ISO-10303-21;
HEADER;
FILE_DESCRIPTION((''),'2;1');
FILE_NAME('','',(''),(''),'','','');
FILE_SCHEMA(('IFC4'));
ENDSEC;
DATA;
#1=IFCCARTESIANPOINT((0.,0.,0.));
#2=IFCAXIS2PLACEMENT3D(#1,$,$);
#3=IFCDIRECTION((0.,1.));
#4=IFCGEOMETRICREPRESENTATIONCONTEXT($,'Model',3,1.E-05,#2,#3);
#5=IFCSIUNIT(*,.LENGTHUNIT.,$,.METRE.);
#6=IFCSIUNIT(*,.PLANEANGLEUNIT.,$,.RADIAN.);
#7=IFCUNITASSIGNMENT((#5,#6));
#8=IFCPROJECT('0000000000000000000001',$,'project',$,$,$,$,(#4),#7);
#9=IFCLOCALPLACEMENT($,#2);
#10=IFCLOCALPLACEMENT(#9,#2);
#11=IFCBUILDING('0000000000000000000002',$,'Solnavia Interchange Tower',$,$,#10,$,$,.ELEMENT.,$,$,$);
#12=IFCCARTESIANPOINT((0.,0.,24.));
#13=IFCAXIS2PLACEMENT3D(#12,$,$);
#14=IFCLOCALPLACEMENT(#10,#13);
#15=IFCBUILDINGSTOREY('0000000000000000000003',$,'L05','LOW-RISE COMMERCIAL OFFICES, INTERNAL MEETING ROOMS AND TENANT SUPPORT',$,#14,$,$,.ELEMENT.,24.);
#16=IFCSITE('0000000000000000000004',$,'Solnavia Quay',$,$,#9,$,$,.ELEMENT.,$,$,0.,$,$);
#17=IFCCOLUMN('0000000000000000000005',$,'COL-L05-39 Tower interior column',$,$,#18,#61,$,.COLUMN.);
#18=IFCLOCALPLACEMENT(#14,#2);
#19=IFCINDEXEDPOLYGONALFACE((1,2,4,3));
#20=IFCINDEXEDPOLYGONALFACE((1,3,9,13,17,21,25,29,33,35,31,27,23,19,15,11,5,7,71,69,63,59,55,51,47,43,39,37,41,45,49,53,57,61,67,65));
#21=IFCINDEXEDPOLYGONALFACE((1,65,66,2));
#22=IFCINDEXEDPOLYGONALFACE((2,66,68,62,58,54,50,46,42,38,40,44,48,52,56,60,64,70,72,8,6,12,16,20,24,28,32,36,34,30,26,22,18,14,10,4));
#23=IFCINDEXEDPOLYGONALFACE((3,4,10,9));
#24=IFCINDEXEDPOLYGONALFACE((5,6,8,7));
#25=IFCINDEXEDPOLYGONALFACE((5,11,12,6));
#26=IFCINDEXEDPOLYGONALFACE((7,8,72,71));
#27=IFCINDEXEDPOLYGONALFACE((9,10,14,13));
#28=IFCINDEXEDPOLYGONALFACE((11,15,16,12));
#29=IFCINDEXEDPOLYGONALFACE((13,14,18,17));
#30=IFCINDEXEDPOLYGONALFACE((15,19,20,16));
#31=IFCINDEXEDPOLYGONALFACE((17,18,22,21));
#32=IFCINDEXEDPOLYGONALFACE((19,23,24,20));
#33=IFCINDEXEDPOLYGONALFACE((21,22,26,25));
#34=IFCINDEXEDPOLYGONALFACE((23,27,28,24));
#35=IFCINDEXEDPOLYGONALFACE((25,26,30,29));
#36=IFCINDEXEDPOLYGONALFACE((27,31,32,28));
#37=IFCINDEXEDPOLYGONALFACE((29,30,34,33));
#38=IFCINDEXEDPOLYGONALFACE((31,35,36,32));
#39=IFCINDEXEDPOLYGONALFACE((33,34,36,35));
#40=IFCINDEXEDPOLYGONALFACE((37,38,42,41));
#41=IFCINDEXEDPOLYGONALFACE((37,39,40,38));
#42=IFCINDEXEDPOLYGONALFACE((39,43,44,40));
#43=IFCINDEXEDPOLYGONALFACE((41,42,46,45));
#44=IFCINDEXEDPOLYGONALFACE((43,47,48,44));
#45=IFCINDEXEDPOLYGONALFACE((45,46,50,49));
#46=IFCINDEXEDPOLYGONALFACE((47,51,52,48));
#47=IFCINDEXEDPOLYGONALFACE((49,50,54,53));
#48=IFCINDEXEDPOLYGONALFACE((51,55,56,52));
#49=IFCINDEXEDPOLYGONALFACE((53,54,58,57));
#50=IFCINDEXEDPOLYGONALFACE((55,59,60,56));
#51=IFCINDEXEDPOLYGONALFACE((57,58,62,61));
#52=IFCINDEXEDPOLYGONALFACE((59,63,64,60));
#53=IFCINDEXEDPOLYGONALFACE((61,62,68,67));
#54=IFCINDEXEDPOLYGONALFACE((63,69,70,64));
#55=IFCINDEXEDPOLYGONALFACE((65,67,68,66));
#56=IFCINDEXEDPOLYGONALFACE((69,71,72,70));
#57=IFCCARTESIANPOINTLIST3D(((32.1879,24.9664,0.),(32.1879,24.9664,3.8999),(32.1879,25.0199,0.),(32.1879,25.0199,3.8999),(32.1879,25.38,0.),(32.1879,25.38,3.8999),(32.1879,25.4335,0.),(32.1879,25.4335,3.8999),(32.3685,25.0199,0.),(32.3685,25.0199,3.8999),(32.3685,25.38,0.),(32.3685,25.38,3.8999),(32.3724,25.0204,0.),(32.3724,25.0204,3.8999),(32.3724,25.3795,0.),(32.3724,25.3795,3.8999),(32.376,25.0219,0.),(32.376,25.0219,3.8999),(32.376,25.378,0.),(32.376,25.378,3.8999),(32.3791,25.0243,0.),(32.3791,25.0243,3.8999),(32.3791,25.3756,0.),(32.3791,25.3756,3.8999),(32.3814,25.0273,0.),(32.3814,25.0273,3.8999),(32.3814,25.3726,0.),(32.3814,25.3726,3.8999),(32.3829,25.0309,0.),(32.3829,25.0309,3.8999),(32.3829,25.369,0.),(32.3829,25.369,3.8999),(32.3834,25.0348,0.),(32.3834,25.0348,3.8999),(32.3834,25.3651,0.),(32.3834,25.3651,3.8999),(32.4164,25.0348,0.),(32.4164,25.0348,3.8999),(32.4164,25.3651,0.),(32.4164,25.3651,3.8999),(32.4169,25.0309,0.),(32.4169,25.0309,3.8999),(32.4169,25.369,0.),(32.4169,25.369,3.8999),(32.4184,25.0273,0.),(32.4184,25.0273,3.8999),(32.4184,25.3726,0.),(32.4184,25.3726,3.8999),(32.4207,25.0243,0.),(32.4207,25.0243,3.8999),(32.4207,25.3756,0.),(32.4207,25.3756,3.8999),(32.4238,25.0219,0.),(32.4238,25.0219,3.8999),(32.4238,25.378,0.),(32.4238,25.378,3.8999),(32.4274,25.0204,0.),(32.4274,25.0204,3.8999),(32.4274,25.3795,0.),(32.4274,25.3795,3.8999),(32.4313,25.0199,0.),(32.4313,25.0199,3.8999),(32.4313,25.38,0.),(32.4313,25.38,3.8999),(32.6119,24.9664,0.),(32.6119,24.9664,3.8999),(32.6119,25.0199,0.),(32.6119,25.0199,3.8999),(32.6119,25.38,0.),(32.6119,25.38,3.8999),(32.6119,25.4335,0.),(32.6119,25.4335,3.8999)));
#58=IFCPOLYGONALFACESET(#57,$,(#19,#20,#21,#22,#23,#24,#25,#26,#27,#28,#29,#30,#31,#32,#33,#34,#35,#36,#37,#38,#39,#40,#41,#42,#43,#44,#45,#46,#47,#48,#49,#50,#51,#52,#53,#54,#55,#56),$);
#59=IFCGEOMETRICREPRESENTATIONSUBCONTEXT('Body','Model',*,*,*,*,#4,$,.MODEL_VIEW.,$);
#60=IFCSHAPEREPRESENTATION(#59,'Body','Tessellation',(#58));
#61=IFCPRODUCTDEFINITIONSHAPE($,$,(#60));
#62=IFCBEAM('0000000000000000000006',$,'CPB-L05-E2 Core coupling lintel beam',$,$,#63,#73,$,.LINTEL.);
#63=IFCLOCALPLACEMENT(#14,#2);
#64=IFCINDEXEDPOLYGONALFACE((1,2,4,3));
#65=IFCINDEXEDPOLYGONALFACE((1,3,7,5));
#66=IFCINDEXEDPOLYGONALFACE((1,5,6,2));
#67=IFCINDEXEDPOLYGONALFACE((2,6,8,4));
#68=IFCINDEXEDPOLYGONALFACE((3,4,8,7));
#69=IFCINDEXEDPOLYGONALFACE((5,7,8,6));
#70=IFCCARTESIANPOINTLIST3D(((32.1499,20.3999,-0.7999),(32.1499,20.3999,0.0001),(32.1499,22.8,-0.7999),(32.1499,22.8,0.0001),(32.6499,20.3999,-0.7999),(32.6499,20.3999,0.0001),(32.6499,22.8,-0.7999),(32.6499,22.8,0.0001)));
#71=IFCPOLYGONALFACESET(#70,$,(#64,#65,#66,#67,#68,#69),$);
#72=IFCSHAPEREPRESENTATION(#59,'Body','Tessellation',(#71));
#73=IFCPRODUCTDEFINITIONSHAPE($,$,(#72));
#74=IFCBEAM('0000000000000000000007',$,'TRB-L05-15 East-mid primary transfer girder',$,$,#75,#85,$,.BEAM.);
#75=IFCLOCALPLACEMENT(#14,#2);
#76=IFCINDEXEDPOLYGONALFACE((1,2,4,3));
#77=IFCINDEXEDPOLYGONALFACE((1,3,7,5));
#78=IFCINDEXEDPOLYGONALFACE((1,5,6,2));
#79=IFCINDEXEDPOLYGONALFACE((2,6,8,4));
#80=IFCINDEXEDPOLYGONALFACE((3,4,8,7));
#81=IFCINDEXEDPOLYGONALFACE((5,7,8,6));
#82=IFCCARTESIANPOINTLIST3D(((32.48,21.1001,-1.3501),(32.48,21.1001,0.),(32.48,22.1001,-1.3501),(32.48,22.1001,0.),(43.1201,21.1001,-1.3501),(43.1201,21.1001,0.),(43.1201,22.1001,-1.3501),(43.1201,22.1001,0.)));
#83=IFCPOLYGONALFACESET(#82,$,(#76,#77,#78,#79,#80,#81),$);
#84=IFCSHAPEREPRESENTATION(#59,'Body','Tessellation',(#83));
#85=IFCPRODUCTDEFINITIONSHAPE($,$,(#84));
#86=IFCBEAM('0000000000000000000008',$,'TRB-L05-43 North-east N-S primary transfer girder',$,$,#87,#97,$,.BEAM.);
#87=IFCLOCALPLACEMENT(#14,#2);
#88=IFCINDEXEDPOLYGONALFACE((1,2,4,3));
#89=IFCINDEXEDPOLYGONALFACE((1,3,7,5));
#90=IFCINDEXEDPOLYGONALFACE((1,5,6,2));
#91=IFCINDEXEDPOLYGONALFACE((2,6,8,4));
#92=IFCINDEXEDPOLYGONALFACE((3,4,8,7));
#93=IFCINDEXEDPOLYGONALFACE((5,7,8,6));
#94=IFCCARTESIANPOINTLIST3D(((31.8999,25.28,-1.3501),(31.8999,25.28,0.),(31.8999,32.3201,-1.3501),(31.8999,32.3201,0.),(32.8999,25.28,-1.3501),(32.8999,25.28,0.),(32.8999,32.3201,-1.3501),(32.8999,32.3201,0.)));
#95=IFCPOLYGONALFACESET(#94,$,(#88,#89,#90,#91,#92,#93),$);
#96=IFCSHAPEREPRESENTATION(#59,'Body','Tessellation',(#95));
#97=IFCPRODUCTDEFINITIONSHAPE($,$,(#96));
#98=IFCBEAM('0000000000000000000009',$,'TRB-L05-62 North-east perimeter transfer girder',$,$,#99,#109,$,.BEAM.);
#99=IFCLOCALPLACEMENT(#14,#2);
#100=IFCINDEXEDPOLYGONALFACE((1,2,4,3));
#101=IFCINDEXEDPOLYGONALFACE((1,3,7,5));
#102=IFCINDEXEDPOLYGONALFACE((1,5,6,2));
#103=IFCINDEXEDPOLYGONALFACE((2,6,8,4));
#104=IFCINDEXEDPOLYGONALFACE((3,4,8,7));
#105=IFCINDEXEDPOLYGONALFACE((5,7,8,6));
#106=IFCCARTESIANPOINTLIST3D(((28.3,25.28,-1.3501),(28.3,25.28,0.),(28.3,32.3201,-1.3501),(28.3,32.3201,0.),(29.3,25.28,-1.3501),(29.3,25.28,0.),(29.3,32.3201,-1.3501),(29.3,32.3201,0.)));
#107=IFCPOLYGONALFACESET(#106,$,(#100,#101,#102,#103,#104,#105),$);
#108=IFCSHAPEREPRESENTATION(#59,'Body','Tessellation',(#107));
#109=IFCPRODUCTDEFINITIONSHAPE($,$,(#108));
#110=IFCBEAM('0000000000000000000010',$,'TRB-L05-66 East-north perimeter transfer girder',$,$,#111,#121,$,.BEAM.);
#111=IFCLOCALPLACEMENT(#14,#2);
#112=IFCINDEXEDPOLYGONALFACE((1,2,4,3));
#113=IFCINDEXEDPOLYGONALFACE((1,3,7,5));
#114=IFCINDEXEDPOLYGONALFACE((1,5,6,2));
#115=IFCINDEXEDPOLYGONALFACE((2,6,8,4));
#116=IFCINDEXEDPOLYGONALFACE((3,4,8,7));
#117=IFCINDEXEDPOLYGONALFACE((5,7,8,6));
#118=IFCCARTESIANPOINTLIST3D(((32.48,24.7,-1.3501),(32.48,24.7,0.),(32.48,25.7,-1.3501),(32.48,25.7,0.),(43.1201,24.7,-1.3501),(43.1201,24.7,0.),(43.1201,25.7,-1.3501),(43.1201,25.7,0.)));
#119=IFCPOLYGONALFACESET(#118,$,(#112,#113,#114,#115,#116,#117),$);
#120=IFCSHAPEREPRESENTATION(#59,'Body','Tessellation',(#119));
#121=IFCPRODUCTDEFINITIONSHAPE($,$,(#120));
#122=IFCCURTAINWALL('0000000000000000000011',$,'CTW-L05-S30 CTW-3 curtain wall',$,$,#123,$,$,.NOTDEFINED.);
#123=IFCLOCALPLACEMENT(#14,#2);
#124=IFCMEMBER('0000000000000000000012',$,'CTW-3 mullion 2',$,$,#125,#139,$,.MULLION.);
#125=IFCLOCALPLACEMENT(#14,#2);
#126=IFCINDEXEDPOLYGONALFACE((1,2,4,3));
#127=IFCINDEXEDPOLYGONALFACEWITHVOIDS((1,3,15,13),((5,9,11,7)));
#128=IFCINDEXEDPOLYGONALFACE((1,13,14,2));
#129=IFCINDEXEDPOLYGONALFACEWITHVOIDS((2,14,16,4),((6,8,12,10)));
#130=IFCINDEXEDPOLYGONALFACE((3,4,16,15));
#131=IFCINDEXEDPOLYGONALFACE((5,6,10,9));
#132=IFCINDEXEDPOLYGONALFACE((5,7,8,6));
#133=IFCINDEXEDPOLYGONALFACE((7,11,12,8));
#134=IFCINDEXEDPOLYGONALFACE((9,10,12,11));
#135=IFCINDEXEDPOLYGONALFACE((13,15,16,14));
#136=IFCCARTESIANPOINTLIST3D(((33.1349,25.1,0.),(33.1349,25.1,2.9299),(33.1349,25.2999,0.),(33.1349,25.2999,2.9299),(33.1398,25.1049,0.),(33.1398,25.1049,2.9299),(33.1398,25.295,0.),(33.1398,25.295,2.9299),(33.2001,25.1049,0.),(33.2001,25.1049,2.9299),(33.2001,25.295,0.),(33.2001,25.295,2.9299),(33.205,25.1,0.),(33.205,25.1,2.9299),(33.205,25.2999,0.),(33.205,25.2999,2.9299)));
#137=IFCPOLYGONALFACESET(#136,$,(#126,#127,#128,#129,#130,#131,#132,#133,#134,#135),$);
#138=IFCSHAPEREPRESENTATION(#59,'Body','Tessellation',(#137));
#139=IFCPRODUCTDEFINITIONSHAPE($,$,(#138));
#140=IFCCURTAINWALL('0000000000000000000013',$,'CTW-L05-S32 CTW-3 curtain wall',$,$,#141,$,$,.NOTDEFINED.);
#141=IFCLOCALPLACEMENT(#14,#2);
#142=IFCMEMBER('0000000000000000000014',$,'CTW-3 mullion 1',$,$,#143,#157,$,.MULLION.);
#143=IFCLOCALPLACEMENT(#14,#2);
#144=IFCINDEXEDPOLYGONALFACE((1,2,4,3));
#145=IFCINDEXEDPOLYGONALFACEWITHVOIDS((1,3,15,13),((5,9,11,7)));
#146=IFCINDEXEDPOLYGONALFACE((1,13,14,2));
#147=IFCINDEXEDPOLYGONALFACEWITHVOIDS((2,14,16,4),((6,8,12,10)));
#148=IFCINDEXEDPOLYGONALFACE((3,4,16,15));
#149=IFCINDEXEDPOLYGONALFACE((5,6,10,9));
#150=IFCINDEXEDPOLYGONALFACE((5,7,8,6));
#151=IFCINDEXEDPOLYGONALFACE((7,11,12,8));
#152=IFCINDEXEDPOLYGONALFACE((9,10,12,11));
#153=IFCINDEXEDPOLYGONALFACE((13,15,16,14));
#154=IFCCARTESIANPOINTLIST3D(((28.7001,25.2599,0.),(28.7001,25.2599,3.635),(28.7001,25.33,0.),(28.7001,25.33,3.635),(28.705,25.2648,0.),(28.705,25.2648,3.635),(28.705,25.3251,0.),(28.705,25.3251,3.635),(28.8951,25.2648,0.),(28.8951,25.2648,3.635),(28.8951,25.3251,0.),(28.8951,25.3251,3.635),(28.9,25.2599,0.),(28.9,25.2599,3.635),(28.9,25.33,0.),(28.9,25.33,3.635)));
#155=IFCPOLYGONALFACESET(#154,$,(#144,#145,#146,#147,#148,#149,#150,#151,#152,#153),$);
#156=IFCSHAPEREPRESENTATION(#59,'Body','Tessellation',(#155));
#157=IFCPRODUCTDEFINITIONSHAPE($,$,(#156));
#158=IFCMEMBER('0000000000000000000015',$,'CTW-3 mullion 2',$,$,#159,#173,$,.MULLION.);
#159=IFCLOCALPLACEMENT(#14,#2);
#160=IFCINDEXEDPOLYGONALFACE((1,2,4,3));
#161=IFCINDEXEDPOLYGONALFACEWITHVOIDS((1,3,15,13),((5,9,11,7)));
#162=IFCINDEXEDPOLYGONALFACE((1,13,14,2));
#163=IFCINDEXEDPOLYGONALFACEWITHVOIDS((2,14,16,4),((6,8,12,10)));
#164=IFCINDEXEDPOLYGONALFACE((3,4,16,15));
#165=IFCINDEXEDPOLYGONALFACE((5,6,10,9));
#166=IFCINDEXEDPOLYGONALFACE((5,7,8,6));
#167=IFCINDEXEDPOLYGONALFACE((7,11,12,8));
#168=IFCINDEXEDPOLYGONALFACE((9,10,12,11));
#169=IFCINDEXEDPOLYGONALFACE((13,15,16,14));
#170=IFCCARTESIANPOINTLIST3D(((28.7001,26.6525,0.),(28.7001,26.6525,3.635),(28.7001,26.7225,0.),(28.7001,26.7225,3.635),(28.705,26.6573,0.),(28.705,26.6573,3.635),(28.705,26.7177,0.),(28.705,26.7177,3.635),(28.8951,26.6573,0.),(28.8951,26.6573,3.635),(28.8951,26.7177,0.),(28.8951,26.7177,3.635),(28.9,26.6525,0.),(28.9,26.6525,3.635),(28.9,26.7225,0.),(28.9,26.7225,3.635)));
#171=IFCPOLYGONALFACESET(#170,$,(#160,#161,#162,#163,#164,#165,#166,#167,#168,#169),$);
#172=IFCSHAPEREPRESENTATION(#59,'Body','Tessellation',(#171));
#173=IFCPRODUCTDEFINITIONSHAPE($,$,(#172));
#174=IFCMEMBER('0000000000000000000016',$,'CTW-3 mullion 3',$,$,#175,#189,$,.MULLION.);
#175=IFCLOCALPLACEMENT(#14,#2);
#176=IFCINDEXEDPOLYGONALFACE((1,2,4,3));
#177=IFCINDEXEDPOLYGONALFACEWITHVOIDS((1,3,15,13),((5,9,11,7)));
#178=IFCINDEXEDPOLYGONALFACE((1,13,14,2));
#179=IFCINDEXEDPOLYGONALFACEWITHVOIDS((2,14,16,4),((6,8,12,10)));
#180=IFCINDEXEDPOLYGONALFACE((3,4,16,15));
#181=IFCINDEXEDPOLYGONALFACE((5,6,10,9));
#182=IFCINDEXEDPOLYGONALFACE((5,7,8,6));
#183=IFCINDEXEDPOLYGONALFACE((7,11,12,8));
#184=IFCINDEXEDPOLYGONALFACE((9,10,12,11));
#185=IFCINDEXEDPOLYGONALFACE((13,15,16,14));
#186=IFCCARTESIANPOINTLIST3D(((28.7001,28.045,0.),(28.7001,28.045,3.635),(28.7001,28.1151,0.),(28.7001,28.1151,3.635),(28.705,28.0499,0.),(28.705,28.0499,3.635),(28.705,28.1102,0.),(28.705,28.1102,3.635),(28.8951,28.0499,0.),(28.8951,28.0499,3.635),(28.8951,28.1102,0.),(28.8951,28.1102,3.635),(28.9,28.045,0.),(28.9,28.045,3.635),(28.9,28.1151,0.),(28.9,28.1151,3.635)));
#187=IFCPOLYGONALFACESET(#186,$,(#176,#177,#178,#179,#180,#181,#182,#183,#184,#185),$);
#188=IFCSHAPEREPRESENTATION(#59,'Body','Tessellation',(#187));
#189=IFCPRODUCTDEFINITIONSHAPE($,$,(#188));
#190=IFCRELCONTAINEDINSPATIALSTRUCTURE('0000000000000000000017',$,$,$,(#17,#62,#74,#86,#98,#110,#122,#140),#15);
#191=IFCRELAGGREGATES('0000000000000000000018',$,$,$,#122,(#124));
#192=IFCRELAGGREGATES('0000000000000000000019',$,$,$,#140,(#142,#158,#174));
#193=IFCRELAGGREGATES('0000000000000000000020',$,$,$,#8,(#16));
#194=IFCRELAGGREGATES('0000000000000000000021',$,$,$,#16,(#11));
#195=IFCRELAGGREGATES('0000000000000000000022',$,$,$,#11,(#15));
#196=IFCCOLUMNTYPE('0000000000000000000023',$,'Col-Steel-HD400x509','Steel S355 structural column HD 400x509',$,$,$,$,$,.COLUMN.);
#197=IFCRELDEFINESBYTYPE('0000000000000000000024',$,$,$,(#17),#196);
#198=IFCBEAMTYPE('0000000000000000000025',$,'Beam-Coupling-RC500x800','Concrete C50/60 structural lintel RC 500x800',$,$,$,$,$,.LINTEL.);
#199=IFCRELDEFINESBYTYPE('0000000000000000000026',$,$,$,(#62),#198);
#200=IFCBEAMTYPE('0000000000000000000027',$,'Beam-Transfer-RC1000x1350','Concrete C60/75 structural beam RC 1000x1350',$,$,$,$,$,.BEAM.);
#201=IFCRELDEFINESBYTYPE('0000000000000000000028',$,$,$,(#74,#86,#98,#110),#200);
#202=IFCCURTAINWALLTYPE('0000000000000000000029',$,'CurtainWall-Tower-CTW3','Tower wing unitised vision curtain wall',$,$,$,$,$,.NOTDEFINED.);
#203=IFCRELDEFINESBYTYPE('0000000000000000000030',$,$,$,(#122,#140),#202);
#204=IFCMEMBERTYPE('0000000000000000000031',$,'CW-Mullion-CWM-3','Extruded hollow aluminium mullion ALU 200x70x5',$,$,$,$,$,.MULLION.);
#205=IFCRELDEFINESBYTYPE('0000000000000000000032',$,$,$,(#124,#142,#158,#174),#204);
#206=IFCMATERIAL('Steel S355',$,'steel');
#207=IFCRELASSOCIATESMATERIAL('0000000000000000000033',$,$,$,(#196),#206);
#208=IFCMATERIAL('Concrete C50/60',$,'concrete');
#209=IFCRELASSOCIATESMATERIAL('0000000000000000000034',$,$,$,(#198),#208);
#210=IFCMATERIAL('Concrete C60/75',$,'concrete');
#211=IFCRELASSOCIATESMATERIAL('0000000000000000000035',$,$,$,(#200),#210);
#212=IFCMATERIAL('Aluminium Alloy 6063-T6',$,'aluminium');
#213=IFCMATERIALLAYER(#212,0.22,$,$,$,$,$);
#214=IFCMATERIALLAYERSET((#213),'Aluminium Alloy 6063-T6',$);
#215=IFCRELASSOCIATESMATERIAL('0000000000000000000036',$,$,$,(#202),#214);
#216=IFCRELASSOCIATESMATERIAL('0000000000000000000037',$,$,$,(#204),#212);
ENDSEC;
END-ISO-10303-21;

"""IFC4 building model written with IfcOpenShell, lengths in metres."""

from ifc_helpers import new_model, si_unit, direction, frame, origin, origin_2d, place, context, subcontext, project, spatial, rectangle, hollow_rectangle, i_section, extrude, material, layer, layer_set, material_profile, profile_set, type_object, element, aggregate, save


model = new_model("IFC4")

# Units and contexts
model_context = context("Model", 3, precision=1e-05, world=origin(), true_north=direction((0.0, 1.0)))
body_context = subcontext(model_context, "Body", "Model", "MODEL_VIEW")
ifc_project = project(units=[si_unit("LENGTHUNIT", "METRE"), si_unit("PLANEANGLEUNIT", "RADIAN")], contexts=[model_context])

# Site, building, storey
site_placement = place(None, origin())
site = spatial("IfcSite", under=ifc_project, at=site_placement, Name="Solnavia Quay", CompositionType="ELEMENT", RefElevation=0.0)
building_placement = place(site_placement, origin())
building = spatial("IfcBuilding", under=site, at=building_placement, Name="Solnavia Interchange Tower", CompositionType="ELEMENT")
storey_placement = place(building_placement, frame((0.0, 0.0, 24.0)))
storey = spatial("IfcBuildingStorey", under=building, at=storey_placement, Name="L05", Description="LOW-RISE COMMERCIAL OFFICES, INTERNAL MEETING ROOMS AND TENANT SUPPORT", CompositionType="ELEMENT", Elevation=24.0)

# Column
ifc_material_1 = material(Name="Steel S355", Category="steel")
ifc_material_profile_1 = material_profile(ifc_material_1, i_section(OverallWidth=0.4241, OverallDepth=0.467, WebThickness=0.033, FlangeThickness=0.0535, FilletRadius=0.0149, at=origin_2d()), Name="HD 400x509")
ifc_profile_set_1 = profile_set([ifc_material_profile_1], Name="Steel S355")
column_type = type_object("IfcColumnType", Name="Col-Steel-HD400x509", Description="Steel S355 structural column HD 400x509", PredefinedType="COLUMN", material=ifc_profile_set_1)
column_placement = place(storey_placement, frame((32.3999, 25.2, 0.0), z_axis=(0.0, 0.0, 1.0), x_axis=(1.0, 0.0, 0.0)))
element("IfcColumn", 1, at=column_placement, inside=storey, type_object=column_type, Name="COL-L05-39 Tower interior column", PredefinedType="COLUMN", context=body_context, shape_type="SweptSolid", body=[
    extrude(i_section(OverallWidth=0.4241, OverallDepth=0.467, WebThickness=0.033, FlangeThickness=0.0535, FilletRadius=0.0149, at=origin_2d()), origin(), (0.0, 0.0, 1.0), 3.8999),
])

# Beams
ifc_material_2 = material(Name="Concrete C50/60", Category="concrete")
ifc_material_profile_2 = material_profile(ifc_material_2, rectangle(XDim=0.5, YDim=0.8, at=origin_2d()), Name="RC 500x800")
ifc_profile_set_2 = profile_set([ifc_material_profile_2], Name="Concrete C50/60")
beam_type_1 = type_object("IfcBeamType", Name="Beam-Coupling-RC500x800", Description="Concrete C50/60 structural lintel RC 500x800", PredefinedType="LINTEL", material=ifc_profile_set_2)
beam_1_placement = place(storey_placement, frame((32.3999, 20.3999, -0.3999), z_axis=(0.0, 1.0, 0.0), x_axis=(-1.0, 0.0, 0.0)))
element("IfcBeam", 2, at=beam_1_placement, inside=storey, type_object=beam_type_1, Name="CPB-L05-E2 Core coupling lintel beam", PredefinedType="LINTEL", context=body_context, shape_type="SweptSolid", body=[
    extrude(rectangle(XDim=0.5, YDim=0.8, at=origin_2d()), origin(), (0.0, 0.0, 1.0), 2.4001),
])
ifc_material_3 = material(Name="Concrete C60/75", Category="concrete")
ifc_material_profile_3 = material_profile(ifc_material_3, rectangle(XDim=1.0, YDim=1.3501, at=origin_2d()), Name="RC 1000x1350")
ifc_profile_set_3 = profile_set([ifc_material_profile_3], Name="Concrete C60/75")
beam_type_2 = type_object("IfcBeamType", Name="Beam-Transfer-RC1000x1350", Description="Concrete C60/75 structural beam RC 1000x1350", PredefinedType="BEAM", material=ifc_profile_set_3)
beam_2_placement = place(storey_placement, frame((32.48, 21.6001, -0.675), z_axis=(1.0, 0.0, 0.0), x_axis=(0.0, 1.0, 0.0)))
element("IfcBeam", 3, at=beam_2_placement, inside=storey, type_object=beam_type_2, Name="TRB-L05-15 East-mid primary transfer girder", PredefinedType="BEAM", context=body_context, shape_type="SweptSolid", body=[
    extrude(rectangle(XDim=1.0, YDim=1.3501, at=origin_2d()), origin(), (0.0, 0.0, 1.0), 10.6401),
])
for number, where, z_axis, x_axis, name in (
    (4, (32.3999, 25.28, -0.675), (0.0, 1.0, 0.0), (-1.0, 0.0, 0.0), "TRB-L05-43 North-east N-S primary transfer girder"),
    (5, (28.8, 25.28, -0.675), (0.0, 1.0, 0.0), (-1.0, 0.0, 0.0), "TRB-L05-62 North-east perimeter transfer girder"),
):
    element("IfcBeam", number, at=place(storey_placement, frame(where, z_axis=z_axis, x_axis=x_axis)), inside=storey, type_object=beam_type_2, Name=name, PredefinedType="BEAM", context=body_context, shape_type="SweptSolid", body=[
        extrude(rectangle(XDim=1.0, YDim=1.3501, at=origin_2d()), origin(), (0.0, 0.0, 1.0), 7.04),
    ])
beam_3_placement = place(storey_placement, frame((32.48, 25.2, -0.675), z_axis=(1.0, 0.0, 0.0), x_axis=(0.0, 1.0, 0.0)))
element("IfcBeam", 6, at=beam_3_placement, inside=storey, type_object=beam_type_2, Name="TRB-L05-66 East-north perimeter transfer girder", PredefinedType="BEAM", context=body_context, shape_type="SweptSolid", body=[
    extrude(rectangle(XDim=1.0, YDim=1.3501, at=origin_2d()), origin(), (0.0, 0.0, 1.0), 10.6401),
])

# Curtain wall, member
ifc_material_4 = material(Name="Aluminium Alloy 6063-T6", Category="aluminium")
ifc_layer_1 = layer(ifc_material_4, 0.22)
ifc_layer_set_1 = layer_set([ifc_layer_1], Name="Aluminium Alloy 6063-T6")
curtain_wall_type = type_object("IfcCurtainWallType", Name="CurtainWall-Tower-CTW3", Description="Tower wing unitised vision curtain wall", PredefinedType="NOTDEFINED", material=ifc_layer_set_1)
curtain_wall_1_placement = place(storey_placement, origin())
curtain_wall_1 = element("IfcCurtainWall", 7, at=curtain_wall_1_placement, inside=storey, type_object=curtain_wall_type, Name="CTW-L05-S30 CTW-3 curtain wall", PredefinedType="NOTDEFINED")
ifc_material_profile_4 = material_profile(ifc_material_4, hollow_rectangle(XDim=0.0701, YDim=0.2, WallThickness=0.0049, at=origin_2d()), Name="ALU 200x70x5")
ifc_profile_set_4 = profile_set([ifc_material_profile_4], Name="Aluminium Alloy 6063-T6")
member_type_1 = type_object("IfcMemberType", Name="CW-Mullion-CWM-3", Description="Extruded hollow aluminium mullion ALU 200x70x5", PredefinedType="MULLION", material=ifc_profile_set_4)
member_1_placement = place(storey_placement, frame((33.1699, 25.2, 0.0), z_axis=(0.0, 0.0, 1.0), x_axis=(-1.0, 0.0, 0.0)))
member_1 = element("IfcMember", 8, at=member_1_placement, type_object=member_type_1, Name="CTW-3 mullion 2", PredefinedType="MULLION", context=body_context, shape_type="SweptSolid", body=[
    extrude(hollow_rectangle(XDim=0.0701, YDim=0.2, WallThickness=0.0049, at=origin_2d()), origin(), (0.0, 0.0, 1.0), 2.9299),
])

# Curtain wall, members
curtain_wall_2_placement = place(storey_placement, origin())
curtain_wall_2 = element("IfcCurtainWall", 9, at=curtain_wall_2_placement, inside=storey, type_object=curtain_wall_type, Name="CTW-L05-S32 CTW-3 curtain wall", PredefinedType="NOTDEFINED")
member_2_placement = place(storey_placement, frame((28.8, 25.2949, 0.0), z_axis=(0.0, 0.0, 1.0), x_axis=(0.0, 1.0, 0.0)))
member_2 = element("IfcMember", 10, at=member_2_placement, type_object=member_type_1, Name="CTW-3 mullion 1", PredefinedType="MULLION", context=body_context, shape_type="SweptSolid", body=[
    extrude(hollow_rectangle(XDim=0.0701, YDim=0.2, WallThickness=0.0049, at=origin_2d()), origin(), (0.0, 0.0, 1.0), 3.635),
])
member_3_placement = place(storey_placement, frame((28.8, 26.6875, 0.0), z_axis=(0.0, 0.0, 1.0), x_axis=(0.0, 1.0, 0.0)))
member_3 = element("IfcMember", 11, at=member_3_placement, type_object=member_type_1, Name="CTW-3 mullion 2", PredefinedType="MULLION", context=body_context, shape_type="SweptSolid", body=[
    extrude(hollow_rectangle(XDim=0.0701, YDim=0.2, WallThickness=0.0049, at=origin_2d()), origin(), (0.0, 0.0, 1.0), 3.635),
])
member_4_placement = place(storey_placement, frame((28.8, 28.0801, 0.0), z_axis=(0.0, 0.0, 1.0), x_axis=(0.0, 1.0, 0.0)))
member_4 = element("IfcMember", 12, at=member_4_placement, type_object=member_type_1, Name="CTW-3 mullion 3", PredefinedType="MULLION", context=body_context, shape_type="SweptSolid", body=[
    extrude(hollow_rectangle(XDim=0.0701, YDim=0.2, WallThickness=0.0049, at=origin_2d()), origin(), (0.0, 0.0, 1.0), 3.635),
])

aggregate(curtain_wall_1, [member_1])
aggregate(curtain_wall_2, [member_2, member_3, member_4])

save(model, "model.ifc")
